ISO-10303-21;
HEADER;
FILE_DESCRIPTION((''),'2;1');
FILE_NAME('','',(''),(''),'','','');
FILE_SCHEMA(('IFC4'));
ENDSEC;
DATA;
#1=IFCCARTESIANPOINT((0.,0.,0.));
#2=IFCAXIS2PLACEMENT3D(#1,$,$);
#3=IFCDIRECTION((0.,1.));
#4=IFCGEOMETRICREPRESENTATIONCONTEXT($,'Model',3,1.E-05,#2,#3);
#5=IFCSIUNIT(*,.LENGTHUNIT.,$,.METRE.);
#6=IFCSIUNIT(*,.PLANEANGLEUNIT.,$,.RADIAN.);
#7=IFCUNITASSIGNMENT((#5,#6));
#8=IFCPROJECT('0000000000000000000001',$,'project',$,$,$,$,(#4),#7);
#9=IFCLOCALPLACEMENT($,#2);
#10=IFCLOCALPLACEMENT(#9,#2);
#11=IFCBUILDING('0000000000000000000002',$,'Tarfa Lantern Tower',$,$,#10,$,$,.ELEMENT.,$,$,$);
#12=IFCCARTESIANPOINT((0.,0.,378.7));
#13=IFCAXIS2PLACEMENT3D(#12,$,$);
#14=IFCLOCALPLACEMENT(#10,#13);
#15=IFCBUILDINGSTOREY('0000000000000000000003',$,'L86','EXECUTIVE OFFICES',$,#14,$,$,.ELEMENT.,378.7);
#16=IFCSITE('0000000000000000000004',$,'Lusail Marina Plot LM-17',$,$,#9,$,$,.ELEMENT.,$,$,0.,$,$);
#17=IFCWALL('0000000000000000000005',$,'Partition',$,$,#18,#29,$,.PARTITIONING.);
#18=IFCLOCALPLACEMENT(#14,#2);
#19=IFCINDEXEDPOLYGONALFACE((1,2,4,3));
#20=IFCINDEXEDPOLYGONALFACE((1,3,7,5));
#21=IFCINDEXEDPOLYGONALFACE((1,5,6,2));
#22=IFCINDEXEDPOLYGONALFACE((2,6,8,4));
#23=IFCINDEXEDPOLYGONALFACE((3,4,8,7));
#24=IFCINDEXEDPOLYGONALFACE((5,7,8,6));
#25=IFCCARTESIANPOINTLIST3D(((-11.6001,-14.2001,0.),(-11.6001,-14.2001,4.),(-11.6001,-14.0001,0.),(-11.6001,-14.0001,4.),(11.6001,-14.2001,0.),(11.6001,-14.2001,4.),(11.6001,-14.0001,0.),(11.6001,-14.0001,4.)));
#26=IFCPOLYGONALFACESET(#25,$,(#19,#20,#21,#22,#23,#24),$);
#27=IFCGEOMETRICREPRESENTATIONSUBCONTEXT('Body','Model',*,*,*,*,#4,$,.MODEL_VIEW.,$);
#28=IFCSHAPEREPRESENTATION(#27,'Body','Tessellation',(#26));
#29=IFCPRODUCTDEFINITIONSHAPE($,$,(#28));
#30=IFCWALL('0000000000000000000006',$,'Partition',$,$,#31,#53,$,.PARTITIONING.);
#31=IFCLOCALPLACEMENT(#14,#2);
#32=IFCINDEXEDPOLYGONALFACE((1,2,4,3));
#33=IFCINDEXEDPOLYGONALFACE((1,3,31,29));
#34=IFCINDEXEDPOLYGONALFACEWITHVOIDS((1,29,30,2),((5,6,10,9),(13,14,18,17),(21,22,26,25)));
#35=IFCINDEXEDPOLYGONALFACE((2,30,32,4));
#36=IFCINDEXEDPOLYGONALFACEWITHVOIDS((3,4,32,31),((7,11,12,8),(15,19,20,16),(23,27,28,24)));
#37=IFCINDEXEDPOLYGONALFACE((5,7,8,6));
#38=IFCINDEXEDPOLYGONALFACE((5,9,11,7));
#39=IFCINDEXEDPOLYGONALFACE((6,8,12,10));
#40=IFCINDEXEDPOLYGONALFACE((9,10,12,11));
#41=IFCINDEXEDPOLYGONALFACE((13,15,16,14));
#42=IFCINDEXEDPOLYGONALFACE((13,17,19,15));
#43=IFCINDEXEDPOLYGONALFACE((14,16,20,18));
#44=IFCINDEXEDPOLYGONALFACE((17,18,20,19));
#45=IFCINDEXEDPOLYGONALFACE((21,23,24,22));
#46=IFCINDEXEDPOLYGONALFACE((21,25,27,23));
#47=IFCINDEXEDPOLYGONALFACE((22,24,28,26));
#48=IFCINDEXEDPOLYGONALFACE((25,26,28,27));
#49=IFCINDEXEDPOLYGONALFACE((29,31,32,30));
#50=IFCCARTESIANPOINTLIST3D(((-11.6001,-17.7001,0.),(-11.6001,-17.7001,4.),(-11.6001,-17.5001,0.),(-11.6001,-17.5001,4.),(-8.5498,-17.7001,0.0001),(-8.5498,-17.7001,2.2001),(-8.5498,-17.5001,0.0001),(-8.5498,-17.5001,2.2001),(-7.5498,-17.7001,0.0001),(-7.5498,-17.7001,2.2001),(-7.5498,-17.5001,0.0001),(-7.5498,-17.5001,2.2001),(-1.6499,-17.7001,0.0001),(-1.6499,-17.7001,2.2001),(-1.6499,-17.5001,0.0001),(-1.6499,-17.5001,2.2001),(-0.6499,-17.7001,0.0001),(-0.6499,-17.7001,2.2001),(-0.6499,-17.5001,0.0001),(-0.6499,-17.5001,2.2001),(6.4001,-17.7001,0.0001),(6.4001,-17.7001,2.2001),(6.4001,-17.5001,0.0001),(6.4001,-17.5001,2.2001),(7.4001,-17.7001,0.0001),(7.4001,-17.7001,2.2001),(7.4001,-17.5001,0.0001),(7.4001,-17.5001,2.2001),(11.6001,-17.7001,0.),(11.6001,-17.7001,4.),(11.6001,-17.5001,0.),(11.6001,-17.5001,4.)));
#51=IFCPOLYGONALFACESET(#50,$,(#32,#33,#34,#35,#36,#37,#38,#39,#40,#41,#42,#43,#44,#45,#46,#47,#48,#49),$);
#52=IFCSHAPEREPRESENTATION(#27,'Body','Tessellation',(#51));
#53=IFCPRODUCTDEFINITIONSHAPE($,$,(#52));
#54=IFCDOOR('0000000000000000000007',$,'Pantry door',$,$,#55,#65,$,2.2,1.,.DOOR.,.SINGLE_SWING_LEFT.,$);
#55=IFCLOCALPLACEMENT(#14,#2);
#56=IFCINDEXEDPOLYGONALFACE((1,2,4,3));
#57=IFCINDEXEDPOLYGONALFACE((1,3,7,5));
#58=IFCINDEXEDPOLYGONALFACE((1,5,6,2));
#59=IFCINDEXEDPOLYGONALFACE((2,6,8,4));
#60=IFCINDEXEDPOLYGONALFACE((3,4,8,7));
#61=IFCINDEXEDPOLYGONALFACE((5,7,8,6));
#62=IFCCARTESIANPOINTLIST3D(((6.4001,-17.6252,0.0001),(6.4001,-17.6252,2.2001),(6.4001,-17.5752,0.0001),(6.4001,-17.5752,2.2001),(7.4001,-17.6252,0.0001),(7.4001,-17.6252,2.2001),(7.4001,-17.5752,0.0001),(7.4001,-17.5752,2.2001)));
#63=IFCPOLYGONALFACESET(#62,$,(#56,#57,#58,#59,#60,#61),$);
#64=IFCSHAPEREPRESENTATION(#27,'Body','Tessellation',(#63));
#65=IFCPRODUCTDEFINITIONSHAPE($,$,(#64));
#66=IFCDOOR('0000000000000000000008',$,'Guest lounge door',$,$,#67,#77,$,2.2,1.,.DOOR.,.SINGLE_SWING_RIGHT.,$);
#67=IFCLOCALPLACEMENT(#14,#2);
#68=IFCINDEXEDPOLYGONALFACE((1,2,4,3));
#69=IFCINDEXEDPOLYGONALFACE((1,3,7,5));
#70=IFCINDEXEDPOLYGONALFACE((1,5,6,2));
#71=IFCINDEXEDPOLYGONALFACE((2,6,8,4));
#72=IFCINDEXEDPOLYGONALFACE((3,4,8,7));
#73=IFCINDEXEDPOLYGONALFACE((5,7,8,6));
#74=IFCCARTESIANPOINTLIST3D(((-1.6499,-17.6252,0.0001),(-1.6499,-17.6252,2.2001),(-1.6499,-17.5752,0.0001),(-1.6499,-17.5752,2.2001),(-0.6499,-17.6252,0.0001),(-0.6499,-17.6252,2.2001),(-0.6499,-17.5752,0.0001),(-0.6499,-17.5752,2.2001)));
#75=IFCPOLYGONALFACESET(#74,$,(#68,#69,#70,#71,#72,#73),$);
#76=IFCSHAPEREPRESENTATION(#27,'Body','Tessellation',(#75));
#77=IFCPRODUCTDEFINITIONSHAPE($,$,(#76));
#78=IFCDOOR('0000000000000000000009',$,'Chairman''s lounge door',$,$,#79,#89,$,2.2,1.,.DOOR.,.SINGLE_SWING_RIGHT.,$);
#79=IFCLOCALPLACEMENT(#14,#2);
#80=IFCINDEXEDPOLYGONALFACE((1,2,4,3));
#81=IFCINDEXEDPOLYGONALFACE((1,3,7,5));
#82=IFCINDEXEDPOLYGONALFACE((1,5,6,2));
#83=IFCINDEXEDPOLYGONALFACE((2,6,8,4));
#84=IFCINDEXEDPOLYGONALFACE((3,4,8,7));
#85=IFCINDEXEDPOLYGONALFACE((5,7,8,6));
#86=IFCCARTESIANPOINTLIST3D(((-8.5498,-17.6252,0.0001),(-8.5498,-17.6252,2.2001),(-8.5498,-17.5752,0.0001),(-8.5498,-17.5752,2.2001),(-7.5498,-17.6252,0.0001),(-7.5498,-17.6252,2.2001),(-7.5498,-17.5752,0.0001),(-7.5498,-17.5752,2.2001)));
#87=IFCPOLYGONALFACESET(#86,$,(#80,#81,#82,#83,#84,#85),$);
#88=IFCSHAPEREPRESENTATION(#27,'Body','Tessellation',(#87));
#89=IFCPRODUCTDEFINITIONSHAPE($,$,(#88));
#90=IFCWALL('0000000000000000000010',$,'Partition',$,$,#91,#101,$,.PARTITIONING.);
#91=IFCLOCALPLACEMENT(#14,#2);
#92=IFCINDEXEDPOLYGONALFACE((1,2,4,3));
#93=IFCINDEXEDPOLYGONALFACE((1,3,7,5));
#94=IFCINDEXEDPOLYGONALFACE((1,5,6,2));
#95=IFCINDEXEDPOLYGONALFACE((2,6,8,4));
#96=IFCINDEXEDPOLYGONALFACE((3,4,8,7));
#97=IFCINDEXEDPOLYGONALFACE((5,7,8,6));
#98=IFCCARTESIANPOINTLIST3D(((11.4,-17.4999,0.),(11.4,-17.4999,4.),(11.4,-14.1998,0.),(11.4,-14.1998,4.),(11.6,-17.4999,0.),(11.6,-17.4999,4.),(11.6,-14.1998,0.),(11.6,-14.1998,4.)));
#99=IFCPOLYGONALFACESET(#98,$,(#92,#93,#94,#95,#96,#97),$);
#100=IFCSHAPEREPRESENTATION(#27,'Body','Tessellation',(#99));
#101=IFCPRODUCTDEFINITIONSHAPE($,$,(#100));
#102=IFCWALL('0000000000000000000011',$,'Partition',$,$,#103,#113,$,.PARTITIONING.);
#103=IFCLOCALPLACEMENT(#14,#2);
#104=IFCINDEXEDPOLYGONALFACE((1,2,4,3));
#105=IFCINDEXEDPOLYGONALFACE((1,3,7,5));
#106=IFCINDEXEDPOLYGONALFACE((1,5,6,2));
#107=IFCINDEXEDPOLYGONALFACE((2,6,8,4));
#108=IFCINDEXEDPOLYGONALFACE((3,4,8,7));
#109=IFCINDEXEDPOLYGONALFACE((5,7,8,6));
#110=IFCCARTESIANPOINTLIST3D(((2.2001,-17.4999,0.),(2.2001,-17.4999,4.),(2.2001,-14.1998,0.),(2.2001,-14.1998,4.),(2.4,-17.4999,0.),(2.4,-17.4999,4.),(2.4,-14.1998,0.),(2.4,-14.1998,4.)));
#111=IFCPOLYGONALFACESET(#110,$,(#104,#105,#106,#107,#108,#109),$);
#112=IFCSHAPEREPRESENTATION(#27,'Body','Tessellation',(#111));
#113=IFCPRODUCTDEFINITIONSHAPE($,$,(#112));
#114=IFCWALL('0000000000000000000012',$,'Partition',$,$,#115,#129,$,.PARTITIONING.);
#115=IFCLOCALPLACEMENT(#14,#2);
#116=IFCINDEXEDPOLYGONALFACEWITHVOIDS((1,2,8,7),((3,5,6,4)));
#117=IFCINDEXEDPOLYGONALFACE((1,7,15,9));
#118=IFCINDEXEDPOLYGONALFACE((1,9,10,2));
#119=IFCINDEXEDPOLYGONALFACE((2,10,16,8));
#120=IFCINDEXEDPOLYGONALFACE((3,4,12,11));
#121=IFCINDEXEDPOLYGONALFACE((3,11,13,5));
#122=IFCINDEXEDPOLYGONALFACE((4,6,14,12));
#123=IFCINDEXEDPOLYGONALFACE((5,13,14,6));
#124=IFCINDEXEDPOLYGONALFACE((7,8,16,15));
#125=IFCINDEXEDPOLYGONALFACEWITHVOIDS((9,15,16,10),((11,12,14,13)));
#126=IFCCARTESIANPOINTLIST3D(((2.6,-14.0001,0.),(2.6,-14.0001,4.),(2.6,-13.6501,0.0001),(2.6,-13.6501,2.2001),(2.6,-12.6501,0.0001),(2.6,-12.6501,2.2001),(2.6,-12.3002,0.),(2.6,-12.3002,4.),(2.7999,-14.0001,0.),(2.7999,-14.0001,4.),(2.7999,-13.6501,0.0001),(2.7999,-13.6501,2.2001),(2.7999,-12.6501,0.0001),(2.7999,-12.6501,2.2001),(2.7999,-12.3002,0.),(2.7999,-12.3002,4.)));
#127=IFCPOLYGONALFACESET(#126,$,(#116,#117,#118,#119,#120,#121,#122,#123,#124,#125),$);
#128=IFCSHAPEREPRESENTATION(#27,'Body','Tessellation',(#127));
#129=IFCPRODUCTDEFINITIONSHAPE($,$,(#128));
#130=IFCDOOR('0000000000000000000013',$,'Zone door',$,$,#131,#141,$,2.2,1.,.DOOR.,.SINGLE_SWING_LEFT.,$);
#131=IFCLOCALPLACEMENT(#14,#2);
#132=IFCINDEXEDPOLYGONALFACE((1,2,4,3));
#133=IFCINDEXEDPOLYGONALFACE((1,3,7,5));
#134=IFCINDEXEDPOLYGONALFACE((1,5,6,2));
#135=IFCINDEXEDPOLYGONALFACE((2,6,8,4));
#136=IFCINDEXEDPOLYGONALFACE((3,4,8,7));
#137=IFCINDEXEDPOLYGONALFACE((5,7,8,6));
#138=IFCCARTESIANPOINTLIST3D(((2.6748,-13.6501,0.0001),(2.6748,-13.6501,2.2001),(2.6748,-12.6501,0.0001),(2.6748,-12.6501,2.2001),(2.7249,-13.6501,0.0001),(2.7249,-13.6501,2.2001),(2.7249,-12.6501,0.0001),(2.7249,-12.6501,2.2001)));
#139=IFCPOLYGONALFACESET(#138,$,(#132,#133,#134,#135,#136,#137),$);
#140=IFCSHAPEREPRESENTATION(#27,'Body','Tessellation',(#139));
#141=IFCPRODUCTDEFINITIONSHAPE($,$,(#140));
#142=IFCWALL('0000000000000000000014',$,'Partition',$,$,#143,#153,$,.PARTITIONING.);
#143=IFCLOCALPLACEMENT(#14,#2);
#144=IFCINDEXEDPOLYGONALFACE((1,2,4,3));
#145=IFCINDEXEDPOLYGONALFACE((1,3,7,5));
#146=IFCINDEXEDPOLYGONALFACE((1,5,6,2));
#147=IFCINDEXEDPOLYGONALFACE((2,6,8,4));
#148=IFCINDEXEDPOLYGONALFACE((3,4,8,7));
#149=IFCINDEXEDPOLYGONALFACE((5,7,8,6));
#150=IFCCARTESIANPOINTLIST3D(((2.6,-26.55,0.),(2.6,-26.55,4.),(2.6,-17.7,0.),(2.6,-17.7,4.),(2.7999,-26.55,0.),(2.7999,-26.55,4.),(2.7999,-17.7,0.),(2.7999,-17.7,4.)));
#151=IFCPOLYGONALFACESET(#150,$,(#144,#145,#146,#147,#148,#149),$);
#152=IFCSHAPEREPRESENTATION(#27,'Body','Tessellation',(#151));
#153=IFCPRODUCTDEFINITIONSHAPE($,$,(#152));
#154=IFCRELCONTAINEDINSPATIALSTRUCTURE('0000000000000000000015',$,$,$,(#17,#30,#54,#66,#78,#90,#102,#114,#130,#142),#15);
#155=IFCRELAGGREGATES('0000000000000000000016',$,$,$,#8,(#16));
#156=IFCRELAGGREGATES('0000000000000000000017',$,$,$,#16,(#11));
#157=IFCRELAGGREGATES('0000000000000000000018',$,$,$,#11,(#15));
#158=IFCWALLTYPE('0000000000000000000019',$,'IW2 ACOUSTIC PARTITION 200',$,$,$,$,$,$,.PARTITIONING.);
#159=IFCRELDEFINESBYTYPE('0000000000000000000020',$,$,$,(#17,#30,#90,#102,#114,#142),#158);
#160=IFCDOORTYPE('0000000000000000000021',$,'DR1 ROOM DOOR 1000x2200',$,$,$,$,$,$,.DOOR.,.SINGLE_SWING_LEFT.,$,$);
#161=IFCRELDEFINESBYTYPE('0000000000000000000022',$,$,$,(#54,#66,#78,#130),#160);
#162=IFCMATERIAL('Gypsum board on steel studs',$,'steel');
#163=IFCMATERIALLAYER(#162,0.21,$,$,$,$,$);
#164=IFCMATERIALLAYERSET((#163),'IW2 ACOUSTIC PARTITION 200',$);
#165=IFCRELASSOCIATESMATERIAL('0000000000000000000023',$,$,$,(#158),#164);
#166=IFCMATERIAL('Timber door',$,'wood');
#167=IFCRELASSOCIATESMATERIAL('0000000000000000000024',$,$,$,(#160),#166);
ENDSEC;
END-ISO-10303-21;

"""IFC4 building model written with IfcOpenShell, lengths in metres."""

from ifc_helpers import new_model, si_unit, direction, frame, frame_2d, origin, place, context, subcontext, project, spatial, rectangle, extrude, material, layer, layer_set, type_object, element, fill, save


model = new_model("IFC4")

# Units and contexts
model_context = context("Model", 3, precision=1e-05, world=origin(), true_north=direction((0.0, 1.0)))
body_context = subcontext(model_context, "Body", "Model", "MODEL_VIEW")
ifc_project = project(units=[si_unit("LENGTHUNIT", "METRE"), si_unit("PLANEANGLEUNIT", "RADIAN")], contexts=[model_context])

# Site, building, storey
site_placement = place(None, origin())
site = spatial("IfcSite", under=ifc_project, at=site_placement, Name="Lusail Marina Plot LM-17", CompositionType="ELEMENT", RefElevation=0.0)
building_placement = place(site_placement, origin())
building = spatial("IfcBuilding", under=site, at=building_placement, Name="Tarfa Lantern Tower", CompositionType="ELEMENT")
storey_placement = place(building_placement, frame((0.0, 0.0, 378.7)))
storey = spatial("IfcBuildingStorey", under=building, at=storey_placement, Name="L86", Description="EXECUTIVE OFFICES", CompositionType="ELEMENT", Elevation=378.7)

# Wall
ifc_material_1 = material(Name="Gypsum board on steel studs", Category="steel")
ifc_layer_1 = layer(ifc_material_1, 0.21)
ifc_layer_set_1 = layer_set([ifc_layer_1], Name="IW2 ACOUSTIC PARTITION 200")
wall_type_1 = type_object("IfcWallType", Name="IW2 ACOUSTIC PARTITION 200", PredefinedType="PARTITIONING", material=ifc_layer_set_1)
wall_1_placement = place(storey_placement, frame((11.6001, -14.1001, 0.0), z_axis=(0.0, 0.0, 1.0), x_axis=(-1.0, 0.0, 0.0)))
element("IfcWall", 1, at=wall_1_placement, inside=storey, type_object=wall_type_1, Name="Partition", PredefinedType="PARTITIONING", context=body_context, shape_type="SweptSolid", body=[
    extrude(rectangle(XDim=23.2002, YDim=0.2, at=frame_2d((11.6001, 0.0))), origin(), (0.0, 0.0, 1.0), 4.0),
])

# Wall, openings, doors
wall_2_placement = place(storey_placement, frame((11.6001, -17.6001, 0.0), z_axis=(0.0, 0.0, 1.0), x_axis=(-1.0, 0.0, 0.0)))
wall_2 = element("IfcWall", 2, at=wall_2_placement, inside=storey, type_object=wall_type_1, Name="Partition", PredefinedType="PARTITIONING", context=body_context, shape_type="SweptSolid", body=[
    extrude(rectangle(XDim=23.2002, YDim=0.2, at=frame_2d((11.6001, 0.0))), origin(), (0.0, 0.0, 1.0), 4.0),
])
opening_1_placement = place(wall_2_placement, frame((4.2, 0.0, 0.0)))
opening_1 = element("IfcOpeningElement", 3, at=opening_1_placement, cuts=wall_2, PredefinedType="OPENING", context=body_context, shape_type="SweptSolid", body=[
    extrude(rectangle(XDim=1.0, YDim=2.2, at=frame_2d((0.5, 1.1001))), frame((0.0, 0.1099, 0.0), z_axis=(0.0, -1.0, 0.0), x_axis=(1.0, 0.0, 0.0)), (0.0, 0.0, 1.0), 0.22),
])
opening_2_placement = place(wall_2_placement, frame((12.25, 0.0, 0.0)))
opening_2 = element("IfcOpeningElement", 4, at=opening_2_placement, cuts=wall_2, PredefinedType="OPENING", context=body_context, shape_type="SweptSolid", body=[
    extrude(rectangle(XDim=1.0, YDim=2.2, at=frame_2d((0.5, 1.1001))), frame((0.0, 0.1099, 0.0), z_axis=(0.0, -1.0, 0.0), x_axis=(1.0, 0.0, 0.0)), (0.0, 0.0, 1.0), 0.22),
])
opening_3_placement = place(wall_2_placement, frame((19.1499, 0.0, 0.0)))
opening_3 = element("IfcOpeningElement", 5, at=opening_3_placement, cuts=wall_2, PredefinedType="OPENING", context=body_context, shape_type="SweptSolid", body=[
    extrude(rectangle(XDim=1.0, YDim=2.2, at=frame_2d((0.5, 1.1001))), frame((0.0, 0.1099, 0.0), z_axis=(0.0, -1.0, 0.0), x_axis=(1.0, 0.0, 0.0)), (0.0, 0.0, 1.0), 0.22),
])
ifc_material_2 = material(Name="Timber door", Category="wood")
door_type_1 = type_object("IfcDoorType", Name="DR1 ROOM DOOR 1000x2200", OperationType="SINGLE_SWING_LEFT", PredefinedType="DOOR", material=ifc_material_2)
door_1_placement = place(opening_1_placement, frame((1.0, 0.0, 0.0), z_axis=(0.0, 0.0, 1.0), x_axis=(-1.0, 0.0, 0.0)))
door_1 = element("IfcDoor", 6, at=door_1_placement, inside=storey, type_object=door_type_1, Name="Pantry door", OperationType="SINGLE_SWING_LEFT", OverallHeight=2.2, OverallWidth=1.0, PredefinedType="DOOR", context=body_context, shape_type="SweptSolid", body=[
    extrude(rectangle(XDim=1.0, YDim=2.2, at=frame_2d((0.5, 1.1001))), frame((0.0, 0.0249, 0.0), z_axis=(0.0, -1.0, 0.0), x_axis=(1.0, 0.0, 0.0)), (0.0, 0.0, 1.0), 0.05),
])
fill(opening_1, door_1)
door_2_placement = place(opening_2_placement, frame((1.0, 0.0, 0.0), z_axis=(0.0, 0.0, 1.0), x_axis=(-1.0, 0.0, 0.0)))
door_2 = element("IfcDoor", 7, at=door_2_placement, inside=storey, type_object=door_type_1, Name="Guest lounge door", OperationType="SINGLE_SWING_RIGHT", OverallHeight=2.2, OverallWidth=1.0, PredefinedType="DOOR", context=body_context, shape_type="SweptSolid", body=[
    extrude(rectangle(XDim=1.0, YDim=2.2, at=frame_2d((0.5, 1.1001))), frame((0.0, 0.0249, 0.0), z_axis=(0.0, -1.0, 0.0), x_axis=(1.0, 0.0, 0.0)), (0.0, 0.0, 1.0), 0.05),
])
fill(opening_2, door_2)
door_3_placement = place(opening_3_placement, frame((1.0, 0.0, 0.0), z_axis=(0.0, 0.0, 1.0), x_axis=(-1.0, 0.0, 0.0)))
door_3 = element("IfcDoor", 8, at=door_3_placement, inside=storey, type_object=door_type_1, Name="Chairman's lounge door", OperationType="SINGLE_SWING_RIGHT", OverallHeight=2.2, OverallWidth=1.0, PredefinedType="DOOR", context=body_context, shape_type="SweptSolid", body=[
    extrude(rectangle(XDim=1.0, YDim=2.2, at=frame_2d((0.5, 1.1001))), frame((0.0, 0.0249, 0.0), z_axis=(0.0, -1.0, 0.0), x_axis=(1.0, 0.0, 0.0)), (0.0, 0.0, 1.0), 0.05),
])
fill(opening_3, door_3)

# Walls
for number, where, z_axis, x_axis, name in (
    (9, (11.5, -14.2, 0.0), (0.0, 0.0, 1.0), (0.0, -1.0, 0.0), "Partition"),
    (10, (2.3, -14.2, 0.0), (0.0, 0.0, 1.0), (0.0, -1.0, 0.0), "Partition"),
):
    element("IfcWall", number, at=place(storey_placement, frame(where, z_axis=z_axis, x_axis=x_axis)), inside=storey, type_object=wall_type_1, Name=name, PredefinedType="PARTITIONING", context=body_context, shape_type="SweptSolid", body=[
        extrude(rectangle(XDim=3.3, YDim=0.2, at=frame_2d((1.6499, 0.0))), origin(), (0.0, 0.0, 1.0), 4.0),
    ])

# Wall, opening, door
wall_3_placement = place(storey_placement, frame((2.7, -12.3, 0.0), z_axis=(0.0, 0.0, 1.0), x_axis=(0.0, -1.0, 0.0)))
wall_3 = element("IfcWall", 11, at=wall_3_placement, inside=storey, type_object=wall_type_1, Name="Partition", PredefinedType="PARTITIONING", context=body_context, shape_type="SweptSolid", body=[
    extrude(rectangle(XDim=1.7, YDim=0.2, at=frame_2d((0.8501, 0.0))), origin(), (0.0, 0.0, 1.0), 4.0),
])
opening_4_placement = place(wall_3_placement, frame((0.3501, 0.0, 0.0)))
opening_4 = element("IfcOpeningElement", 12, at=opening_4_placement, cuts=wall_3, PredefinedType="OPENING", context=body_context, shape_type="SweptSolid", body=[
    extrude(rectangle(XDim=1.0, YDim=2.2, at=frame_2d((0.5, 1.1001))), frame((0.0, 0.1099, 0.0), z_axis=(0.0, -1.0, 0.0), x_axis=(1.0, 0.0, 0.0)), (0.0, 0.0, 1.0), 0.22),
])
door_4_placement = place(opening_4_placement, origin())
door_4 = element("IfcDoor", 13, at=door_4_placement, inside=storey, type_object=door_type_1, Name="Zone door", OperationType="SINGLE_SWING_LEFT", OverallHeight=2.2, OverallWidth=1.0, PredefinedType="DOOR", context=body_context, shape_type="SweptSolid", body=[
    extrude(rectangle(XDim=1.0, YDim=2.2, at=frame_2d((0.5, 1.1001))), frame((0.0, 0.0249, 0.0), z_axis=(0.0, -1.0, 0.0), x_axis=(1.0, 0.0, 0.0)), (0.0, 0.0, 1.0), 0.05),
])
fill(opening_4, door_4)

# Wall
wall_4_placement = place(storey_placement, frame((2.7, -17.7, 0.0), z_axis=(0.0, 0.0, 1.0), x_axis=(0.0, -1.0, 0.0)))
element("IfcWall", 14, at=wall_4_placement, inside=storey, type_object=wall_type_1, Name="Partition", PredefinedType="PARTITIONING", context=body_context, shape_type="SweptSolid", body=[
    extrude(rectangle(XDim=8.8501, YDim=0.2, at=frame_2d((4.425, 0.0))), origin(), (0.0, 0.0, 1.0), 4.0),
])

save(model, "model.ifc")
